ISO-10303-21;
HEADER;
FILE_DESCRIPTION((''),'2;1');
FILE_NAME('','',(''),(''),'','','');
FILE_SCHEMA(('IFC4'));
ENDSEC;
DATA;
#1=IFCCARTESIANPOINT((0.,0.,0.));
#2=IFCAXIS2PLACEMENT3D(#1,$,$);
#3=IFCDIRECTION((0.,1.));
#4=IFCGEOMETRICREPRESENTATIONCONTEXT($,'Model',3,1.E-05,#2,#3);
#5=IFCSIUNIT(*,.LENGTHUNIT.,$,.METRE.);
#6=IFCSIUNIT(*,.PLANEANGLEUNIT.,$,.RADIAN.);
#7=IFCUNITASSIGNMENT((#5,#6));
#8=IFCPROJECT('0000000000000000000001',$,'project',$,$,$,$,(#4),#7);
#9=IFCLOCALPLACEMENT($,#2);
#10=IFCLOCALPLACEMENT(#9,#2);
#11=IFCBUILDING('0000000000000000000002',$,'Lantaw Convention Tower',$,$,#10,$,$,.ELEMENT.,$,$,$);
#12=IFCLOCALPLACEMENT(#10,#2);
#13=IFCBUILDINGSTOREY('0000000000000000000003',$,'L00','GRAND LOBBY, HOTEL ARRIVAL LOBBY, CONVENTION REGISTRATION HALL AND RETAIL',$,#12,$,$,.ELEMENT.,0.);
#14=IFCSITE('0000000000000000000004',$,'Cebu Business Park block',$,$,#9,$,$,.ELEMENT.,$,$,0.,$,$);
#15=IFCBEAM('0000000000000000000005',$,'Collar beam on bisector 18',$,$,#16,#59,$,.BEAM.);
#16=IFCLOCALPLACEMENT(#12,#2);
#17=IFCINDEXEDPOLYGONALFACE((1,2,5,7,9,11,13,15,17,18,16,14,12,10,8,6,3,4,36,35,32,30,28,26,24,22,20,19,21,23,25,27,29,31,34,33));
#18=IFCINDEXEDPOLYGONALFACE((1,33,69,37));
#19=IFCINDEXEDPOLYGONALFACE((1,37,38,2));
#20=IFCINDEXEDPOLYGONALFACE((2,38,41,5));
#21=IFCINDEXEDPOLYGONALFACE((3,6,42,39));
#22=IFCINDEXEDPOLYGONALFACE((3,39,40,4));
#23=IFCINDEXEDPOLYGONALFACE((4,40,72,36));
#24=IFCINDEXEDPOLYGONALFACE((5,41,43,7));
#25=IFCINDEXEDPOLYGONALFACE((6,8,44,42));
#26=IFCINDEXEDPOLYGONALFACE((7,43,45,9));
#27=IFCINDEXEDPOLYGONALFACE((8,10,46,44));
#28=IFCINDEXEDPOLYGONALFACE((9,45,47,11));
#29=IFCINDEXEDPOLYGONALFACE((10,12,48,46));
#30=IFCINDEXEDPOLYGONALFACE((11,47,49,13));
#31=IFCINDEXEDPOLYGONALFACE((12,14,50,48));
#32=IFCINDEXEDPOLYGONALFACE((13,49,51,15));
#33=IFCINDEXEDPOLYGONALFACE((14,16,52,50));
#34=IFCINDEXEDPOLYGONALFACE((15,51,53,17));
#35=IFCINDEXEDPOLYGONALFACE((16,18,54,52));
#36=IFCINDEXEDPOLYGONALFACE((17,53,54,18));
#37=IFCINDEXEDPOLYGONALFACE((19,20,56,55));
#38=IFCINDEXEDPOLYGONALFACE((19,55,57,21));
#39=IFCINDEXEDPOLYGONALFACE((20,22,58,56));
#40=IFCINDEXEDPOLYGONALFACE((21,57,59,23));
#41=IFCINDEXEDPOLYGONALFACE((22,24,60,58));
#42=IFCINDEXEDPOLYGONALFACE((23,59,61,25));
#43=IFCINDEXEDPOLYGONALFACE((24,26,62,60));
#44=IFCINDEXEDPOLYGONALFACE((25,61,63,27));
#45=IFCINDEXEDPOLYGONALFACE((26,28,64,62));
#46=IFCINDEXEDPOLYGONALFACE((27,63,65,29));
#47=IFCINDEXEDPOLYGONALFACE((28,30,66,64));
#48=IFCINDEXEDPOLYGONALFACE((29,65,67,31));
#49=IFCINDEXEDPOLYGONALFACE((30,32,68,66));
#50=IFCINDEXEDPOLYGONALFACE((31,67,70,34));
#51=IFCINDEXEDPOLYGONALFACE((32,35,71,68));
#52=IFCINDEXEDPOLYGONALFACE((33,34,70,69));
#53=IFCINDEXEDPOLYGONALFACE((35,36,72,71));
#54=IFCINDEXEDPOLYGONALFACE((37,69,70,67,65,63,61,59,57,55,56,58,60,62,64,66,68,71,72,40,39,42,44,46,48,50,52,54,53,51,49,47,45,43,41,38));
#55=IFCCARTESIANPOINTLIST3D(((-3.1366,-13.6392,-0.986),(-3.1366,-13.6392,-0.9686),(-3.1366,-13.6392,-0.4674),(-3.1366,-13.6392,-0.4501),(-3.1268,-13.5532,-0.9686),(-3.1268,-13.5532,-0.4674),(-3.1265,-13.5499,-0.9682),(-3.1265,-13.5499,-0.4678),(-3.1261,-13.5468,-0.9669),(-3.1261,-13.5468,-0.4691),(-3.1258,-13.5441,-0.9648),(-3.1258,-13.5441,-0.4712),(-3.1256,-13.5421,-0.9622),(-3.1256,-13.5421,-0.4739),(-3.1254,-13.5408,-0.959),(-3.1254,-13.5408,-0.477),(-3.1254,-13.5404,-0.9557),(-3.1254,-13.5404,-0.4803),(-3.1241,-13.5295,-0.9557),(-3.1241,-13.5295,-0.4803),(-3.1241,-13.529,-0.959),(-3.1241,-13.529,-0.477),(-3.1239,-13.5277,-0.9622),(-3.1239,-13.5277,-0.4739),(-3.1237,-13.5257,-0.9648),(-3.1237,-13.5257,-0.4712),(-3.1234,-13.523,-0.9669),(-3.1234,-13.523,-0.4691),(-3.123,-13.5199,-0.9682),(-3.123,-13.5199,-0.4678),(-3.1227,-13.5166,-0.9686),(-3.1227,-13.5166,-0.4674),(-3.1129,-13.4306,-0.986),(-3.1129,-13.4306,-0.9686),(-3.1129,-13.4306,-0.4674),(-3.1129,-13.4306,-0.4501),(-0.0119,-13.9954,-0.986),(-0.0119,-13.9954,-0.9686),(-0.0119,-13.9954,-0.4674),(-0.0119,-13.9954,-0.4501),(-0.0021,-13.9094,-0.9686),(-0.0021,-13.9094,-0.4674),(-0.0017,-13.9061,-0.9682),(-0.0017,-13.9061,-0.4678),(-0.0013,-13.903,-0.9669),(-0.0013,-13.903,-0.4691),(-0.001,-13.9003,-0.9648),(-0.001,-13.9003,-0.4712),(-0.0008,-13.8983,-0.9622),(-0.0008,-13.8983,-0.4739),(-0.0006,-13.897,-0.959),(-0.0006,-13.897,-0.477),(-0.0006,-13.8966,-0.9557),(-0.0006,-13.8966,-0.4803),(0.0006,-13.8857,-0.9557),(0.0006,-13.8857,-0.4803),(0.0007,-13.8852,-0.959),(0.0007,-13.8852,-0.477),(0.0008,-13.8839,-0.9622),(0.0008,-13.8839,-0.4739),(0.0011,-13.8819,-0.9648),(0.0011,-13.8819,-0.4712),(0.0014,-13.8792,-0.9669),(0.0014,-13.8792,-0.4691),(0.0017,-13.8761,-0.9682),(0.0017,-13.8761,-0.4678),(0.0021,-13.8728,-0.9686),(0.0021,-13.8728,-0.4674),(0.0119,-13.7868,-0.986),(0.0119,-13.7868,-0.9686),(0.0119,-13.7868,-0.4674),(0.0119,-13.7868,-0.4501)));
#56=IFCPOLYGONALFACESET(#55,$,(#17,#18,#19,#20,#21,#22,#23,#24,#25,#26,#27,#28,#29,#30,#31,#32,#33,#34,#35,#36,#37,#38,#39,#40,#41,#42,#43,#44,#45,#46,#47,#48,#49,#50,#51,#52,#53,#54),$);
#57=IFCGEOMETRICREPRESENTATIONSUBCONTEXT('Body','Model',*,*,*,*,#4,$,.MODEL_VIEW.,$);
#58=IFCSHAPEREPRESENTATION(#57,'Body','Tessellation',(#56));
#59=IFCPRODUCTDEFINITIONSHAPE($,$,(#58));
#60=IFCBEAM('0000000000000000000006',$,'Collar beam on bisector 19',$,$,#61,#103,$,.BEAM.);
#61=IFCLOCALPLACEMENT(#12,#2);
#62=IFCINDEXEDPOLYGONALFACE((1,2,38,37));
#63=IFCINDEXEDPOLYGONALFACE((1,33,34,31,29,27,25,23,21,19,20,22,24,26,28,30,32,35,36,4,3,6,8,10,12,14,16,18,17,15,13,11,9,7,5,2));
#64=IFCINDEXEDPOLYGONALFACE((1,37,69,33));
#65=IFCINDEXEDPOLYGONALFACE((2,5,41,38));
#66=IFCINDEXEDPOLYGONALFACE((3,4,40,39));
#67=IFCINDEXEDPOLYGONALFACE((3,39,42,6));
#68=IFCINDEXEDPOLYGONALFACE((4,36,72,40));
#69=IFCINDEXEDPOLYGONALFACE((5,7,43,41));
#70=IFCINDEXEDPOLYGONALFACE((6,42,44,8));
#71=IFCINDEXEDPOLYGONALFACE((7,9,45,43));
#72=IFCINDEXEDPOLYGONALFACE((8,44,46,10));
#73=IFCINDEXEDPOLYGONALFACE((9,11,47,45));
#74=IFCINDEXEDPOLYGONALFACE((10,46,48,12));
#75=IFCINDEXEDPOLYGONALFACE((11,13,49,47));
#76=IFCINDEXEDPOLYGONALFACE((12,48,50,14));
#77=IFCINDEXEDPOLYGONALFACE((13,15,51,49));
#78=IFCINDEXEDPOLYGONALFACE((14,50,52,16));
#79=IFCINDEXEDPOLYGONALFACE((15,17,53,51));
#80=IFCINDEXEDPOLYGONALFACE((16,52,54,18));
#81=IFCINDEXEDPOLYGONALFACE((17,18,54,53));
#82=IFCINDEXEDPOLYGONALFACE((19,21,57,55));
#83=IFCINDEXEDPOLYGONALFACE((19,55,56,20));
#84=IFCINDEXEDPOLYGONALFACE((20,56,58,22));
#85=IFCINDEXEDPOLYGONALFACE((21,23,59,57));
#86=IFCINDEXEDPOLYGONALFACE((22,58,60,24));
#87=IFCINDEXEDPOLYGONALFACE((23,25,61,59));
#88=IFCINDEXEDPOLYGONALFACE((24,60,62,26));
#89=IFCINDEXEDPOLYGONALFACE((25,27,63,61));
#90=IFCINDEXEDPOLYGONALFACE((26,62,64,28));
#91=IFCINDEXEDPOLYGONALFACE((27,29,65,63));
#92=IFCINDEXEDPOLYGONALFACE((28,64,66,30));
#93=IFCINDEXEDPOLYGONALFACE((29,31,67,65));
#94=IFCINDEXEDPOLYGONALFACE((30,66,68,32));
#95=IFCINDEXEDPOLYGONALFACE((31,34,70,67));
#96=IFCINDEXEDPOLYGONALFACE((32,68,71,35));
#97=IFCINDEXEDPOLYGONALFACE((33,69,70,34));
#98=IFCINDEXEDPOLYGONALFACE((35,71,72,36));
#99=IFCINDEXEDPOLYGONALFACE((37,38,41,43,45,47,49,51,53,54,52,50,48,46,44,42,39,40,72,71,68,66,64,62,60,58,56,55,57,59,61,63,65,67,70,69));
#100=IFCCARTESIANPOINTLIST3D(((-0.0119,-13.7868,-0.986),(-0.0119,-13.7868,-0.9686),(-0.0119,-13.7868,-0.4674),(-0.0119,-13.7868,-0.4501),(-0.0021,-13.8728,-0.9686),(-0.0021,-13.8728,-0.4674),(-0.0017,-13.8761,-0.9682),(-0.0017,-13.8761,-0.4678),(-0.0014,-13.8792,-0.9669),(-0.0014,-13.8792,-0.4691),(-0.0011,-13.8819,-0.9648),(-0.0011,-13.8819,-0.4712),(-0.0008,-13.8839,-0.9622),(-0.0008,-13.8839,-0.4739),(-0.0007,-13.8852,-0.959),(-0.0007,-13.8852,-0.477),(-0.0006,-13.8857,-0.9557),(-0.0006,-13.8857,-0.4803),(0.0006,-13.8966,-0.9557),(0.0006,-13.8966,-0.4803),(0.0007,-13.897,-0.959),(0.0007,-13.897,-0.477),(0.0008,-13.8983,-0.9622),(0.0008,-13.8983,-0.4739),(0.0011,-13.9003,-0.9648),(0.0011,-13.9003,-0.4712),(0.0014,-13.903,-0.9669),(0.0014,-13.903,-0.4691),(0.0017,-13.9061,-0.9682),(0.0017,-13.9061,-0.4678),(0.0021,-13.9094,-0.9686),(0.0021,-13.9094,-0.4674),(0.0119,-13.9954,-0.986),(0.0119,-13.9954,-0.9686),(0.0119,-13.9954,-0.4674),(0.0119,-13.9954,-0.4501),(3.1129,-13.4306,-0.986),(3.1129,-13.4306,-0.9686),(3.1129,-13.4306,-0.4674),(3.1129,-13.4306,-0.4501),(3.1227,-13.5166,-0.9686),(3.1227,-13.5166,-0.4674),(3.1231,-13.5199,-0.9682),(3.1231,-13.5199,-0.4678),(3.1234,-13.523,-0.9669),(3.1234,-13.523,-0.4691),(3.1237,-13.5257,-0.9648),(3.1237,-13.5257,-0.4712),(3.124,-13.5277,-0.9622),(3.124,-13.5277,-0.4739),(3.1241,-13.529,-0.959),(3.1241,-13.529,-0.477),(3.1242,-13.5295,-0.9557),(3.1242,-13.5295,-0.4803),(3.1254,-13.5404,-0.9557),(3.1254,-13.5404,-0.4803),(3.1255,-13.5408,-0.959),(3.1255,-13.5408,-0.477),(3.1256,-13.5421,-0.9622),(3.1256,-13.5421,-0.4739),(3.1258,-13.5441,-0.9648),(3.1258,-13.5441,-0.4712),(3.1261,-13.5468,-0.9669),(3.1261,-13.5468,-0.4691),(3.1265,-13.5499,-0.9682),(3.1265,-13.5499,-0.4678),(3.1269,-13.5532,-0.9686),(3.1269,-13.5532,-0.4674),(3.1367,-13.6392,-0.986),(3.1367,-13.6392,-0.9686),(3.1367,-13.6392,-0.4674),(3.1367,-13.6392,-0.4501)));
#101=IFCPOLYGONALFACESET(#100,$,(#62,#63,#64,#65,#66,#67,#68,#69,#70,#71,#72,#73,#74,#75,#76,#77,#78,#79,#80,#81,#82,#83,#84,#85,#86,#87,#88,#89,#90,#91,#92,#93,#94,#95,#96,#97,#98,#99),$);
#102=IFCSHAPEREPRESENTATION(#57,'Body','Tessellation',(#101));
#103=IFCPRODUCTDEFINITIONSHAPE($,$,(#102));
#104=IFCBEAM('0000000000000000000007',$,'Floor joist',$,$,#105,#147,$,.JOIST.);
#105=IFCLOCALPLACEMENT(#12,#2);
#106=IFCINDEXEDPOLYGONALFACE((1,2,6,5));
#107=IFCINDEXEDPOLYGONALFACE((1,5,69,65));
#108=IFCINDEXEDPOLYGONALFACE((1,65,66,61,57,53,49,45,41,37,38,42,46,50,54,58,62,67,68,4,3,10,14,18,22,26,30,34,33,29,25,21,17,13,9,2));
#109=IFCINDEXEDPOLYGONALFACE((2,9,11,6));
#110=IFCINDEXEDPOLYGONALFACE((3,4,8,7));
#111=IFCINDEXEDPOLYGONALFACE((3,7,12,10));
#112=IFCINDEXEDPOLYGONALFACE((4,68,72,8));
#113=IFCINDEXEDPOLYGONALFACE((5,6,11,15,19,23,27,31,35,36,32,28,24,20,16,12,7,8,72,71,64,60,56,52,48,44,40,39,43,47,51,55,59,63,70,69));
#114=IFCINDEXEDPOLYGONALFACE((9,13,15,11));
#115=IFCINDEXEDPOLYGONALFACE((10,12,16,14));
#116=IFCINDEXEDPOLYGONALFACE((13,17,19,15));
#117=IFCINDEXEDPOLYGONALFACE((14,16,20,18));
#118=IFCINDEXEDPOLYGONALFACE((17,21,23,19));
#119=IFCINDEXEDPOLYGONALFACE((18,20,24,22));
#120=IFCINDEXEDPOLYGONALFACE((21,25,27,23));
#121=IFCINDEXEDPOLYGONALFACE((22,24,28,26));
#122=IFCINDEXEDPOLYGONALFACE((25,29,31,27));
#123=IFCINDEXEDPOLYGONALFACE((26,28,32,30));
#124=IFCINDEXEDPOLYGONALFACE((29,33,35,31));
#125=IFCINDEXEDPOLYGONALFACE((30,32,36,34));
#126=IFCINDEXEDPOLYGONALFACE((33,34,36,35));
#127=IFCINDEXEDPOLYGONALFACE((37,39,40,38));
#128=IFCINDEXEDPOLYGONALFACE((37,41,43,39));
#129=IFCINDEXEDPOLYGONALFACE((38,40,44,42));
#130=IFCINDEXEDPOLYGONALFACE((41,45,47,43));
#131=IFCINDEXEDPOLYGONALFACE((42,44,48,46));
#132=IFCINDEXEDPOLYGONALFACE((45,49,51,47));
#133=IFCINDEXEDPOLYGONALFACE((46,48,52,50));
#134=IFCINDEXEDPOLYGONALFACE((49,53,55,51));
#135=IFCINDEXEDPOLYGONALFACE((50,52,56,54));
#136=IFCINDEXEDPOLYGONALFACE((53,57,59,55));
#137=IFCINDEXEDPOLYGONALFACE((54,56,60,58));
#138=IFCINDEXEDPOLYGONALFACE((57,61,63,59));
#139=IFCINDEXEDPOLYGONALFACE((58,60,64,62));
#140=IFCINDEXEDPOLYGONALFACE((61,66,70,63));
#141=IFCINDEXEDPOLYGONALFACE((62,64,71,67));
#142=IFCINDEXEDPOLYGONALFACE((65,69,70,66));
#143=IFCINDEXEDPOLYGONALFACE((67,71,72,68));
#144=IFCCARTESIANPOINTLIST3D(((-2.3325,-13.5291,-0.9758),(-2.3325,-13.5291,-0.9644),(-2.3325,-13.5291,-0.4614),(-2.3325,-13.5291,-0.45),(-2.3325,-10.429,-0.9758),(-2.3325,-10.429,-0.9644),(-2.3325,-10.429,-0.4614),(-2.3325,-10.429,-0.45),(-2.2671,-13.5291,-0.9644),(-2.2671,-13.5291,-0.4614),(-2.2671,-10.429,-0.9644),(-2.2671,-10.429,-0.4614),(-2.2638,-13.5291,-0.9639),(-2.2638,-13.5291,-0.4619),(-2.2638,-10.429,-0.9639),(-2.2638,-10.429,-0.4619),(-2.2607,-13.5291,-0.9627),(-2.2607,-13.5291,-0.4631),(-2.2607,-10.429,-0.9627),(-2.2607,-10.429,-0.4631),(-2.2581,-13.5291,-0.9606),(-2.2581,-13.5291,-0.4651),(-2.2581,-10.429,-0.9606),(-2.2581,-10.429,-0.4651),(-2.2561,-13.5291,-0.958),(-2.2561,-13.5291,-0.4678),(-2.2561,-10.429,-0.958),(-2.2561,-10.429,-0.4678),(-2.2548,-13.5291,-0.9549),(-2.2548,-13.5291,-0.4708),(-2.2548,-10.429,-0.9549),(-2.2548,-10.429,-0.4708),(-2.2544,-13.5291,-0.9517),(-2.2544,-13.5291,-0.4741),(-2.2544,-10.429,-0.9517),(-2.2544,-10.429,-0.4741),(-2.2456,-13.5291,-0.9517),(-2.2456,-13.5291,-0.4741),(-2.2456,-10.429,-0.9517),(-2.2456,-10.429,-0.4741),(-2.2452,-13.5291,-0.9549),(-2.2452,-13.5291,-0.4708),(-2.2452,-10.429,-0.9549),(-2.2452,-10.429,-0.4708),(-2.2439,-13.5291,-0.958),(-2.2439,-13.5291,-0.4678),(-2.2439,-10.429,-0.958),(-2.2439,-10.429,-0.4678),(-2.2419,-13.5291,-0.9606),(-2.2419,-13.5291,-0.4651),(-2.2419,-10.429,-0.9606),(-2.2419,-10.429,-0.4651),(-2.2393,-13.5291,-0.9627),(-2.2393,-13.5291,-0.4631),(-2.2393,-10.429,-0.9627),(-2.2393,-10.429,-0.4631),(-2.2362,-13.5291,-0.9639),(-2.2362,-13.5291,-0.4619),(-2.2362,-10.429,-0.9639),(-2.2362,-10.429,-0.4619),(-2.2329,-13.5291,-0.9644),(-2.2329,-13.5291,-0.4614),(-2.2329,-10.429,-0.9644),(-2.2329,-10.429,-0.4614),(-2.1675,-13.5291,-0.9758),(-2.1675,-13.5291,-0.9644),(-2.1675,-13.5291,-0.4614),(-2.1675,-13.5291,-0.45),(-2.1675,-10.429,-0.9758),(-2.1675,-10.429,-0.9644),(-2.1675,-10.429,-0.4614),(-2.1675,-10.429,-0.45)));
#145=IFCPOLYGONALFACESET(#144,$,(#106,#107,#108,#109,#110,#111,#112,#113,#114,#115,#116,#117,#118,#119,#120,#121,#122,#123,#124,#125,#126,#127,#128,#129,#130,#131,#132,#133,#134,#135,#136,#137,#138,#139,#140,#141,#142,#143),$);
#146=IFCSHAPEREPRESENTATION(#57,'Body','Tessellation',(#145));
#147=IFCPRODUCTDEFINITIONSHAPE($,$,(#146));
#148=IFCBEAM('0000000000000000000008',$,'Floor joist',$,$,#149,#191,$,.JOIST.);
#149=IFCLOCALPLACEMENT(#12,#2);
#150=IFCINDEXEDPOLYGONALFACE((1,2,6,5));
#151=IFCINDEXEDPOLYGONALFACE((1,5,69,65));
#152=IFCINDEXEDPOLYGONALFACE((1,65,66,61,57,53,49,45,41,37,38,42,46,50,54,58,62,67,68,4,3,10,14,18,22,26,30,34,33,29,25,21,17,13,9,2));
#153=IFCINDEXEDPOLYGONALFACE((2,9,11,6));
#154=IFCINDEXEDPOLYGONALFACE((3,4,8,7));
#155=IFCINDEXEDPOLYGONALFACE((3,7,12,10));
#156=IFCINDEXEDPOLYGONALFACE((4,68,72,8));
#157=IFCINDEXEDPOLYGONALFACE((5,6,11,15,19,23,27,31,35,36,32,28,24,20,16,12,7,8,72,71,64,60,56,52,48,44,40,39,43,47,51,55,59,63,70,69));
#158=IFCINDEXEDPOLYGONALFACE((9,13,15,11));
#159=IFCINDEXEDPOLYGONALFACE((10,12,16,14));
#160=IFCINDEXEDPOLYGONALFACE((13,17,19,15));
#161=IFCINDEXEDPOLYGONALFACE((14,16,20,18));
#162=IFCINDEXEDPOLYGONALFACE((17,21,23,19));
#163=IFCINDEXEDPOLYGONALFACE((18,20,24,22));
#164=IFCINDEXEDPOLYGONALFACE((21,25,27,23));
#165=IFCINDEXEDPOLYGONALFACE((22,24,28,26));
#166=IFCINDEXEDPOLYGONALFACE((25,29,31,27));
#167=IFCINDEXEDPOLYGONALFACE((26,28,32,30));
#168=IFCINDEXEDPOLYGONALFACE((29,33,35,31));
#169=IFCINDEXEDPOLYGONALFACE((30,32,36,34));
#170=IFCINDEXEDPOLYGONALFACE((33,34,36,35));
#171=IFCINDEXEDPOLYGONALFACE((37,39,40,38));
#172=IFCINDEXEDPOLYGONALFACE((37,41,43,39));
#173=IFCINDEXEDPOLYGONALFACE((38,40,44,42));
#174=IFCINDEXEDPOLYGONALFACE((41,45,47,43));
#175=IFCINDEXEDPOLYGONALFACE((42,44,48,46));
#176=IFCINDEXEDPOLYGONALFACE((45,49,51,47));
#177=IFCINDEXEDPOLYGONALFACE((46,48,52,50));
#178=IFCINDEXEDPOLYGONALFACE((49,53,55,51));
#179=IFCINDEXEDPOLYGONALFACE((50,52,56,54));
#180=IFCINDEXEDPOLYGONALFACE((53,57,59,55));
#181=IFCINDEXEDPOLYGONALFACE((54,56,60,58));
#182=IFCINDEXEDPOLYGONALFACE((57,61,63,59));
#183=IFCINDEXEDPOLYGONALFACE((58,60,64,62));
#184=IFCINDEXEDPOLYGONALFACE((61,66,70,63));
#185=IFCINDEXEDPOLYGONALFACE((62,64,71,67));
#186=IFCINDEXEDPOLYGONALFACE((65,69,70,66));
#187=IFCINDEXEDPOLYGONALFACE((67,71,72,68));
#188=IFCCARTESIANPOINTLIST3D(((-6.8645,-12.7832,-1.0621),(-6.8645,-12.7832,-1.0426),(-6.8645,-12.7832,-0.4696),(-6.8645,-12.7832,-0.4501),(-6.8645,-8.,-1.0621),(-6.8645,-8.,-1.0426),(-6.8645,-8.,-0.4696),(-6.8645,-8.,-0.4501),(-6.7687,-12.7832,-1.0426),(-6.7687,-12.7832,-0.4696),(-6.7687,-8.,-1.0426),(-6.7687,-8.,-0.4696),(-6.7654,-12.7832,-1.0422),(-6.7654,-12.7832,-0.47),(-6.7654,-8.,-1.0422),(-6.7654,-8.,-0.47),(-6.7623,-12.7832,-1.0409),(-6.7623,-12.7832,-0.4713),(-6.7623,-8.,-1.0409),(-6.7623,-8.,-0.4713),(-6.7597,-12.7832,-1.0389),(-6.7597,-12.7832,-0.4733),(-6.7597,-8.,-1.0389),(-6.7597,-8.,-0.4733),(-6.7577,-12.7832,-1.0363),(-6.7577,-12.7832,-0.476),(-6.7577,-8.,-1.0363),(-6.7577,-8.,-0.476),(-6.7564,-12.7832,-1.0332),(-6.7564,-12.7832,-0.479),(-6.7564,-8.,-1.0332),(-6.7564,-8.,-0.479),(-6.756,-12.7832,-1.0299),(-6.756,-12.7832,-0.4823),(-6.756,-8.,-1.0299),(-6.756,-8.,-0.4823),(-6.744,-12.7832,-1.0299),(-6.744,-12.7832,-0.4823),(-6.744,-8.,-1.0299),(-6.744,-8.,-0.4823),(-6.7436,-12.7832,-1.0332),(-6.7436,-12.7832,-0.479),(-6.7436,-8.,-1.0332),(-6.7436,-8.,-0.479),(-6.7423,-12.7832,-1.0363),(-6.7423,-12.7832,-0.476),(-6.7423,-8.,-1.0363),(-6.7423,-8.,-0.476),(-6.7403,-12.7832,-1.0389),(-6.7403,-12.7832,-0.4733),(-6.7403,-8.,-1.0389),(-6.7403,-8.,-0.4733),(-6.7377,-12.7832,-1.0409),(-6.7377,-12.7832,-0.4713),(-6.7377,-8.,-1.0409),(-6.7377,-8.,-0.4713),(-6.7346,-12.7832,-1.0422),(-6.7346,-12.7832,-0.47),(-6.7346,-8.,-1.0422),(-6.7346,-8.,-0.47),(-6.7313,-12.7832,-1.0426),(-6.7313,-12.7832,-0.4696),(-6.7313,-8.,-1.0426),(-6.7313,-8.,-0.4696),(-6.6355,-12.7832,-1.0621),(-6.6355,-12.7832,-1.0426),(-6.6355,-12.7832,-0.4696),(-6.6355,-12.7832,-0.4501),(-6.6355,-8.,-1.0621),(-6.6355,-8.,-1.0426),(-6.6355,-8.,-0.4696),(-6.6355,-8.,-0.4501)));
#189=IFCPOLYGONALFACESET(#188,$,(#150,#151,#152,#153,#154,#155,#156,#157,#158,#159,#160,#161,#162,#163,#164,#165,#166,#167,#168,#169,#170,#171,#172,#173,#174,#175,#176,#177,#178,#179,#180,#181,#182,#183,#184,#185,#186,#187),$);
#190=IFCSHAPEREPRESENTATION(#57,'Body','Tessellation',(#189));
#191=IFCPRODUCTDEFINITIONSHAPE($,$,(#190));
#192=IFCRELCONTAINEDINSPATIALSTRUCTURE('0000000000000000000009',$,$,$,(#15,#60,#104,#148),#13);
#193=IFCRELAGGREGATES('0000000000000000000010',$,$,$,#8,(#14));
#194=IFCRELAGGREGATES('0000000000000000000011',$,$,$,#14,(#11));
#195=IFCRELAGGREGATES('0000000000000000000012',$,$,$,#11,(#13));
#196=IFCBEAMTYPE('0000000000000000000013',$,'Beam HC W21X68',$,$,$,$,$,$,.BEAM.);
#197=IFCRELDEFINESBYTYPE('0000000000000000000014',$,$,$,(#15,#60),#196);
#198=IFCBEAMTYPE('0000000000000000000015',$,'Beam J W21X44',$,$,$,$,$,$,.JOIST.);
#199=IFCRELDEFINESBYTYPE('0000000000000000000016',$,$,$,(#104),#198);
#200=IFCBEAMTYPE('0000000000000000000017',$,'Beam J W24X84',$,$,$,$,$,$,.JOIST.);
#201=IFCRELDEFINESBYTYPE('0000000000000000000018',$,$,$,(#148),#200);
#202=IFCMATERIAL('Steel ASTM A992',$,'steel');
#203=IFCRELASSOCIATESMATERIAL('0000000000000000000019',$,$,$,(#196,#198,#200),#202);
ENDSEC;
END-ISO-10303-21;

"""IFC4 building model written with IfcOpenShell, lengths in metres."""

from ifc_helpers import new_model, si_unit, direction, frame, origin, origin_2d, place, context, subcontext, project, spatial, i_section, extrude, material, material_profile, profile_set, type_object, element, save


model = new_model("IFC4")

# Units and contexts
model_context = context("Model", 3, precision=1e-05, world=origin(), true_north=direction((0.0, 1.0)))
body_context = subcontext(model_context, "Body", "Model", "MODEL_VIEW")
ifc_project = project(units=[si_unit("LENGTHUNIT", "METRE"), si_unit("PLANEANGLEUNIT", "RADIAN")], contexts=[model_context])

# Site, building, storey
site_placement = place(None, origin())
site = spatial("IfcSite", under=ifc_project, at=site_placement, Name="Cebu Business Park block", CompositionType="ELEMENT", RefElevation=0.0)
building_placement = place(site_placement, origin())
building = spatial("IfcBuilding", under=site, at=building_placement, Name="Lantaw Convention Tower", CompositionType="ELEMENT")
storey_placement = place(building_placement, origin())
storey = spatial("IfcBuildingStorey", under=building, at=storey_placement, Name="L00", Description="GRAND LOBBY, HOTEL ARRIVAL LOBBY, CONVENTION REGISTRATION HALL AND RETAIL", CompositionType="ELEMENT", Elevation=0.0)

# Beams
ifc_material_1 = material(Name="Steel ASTM A992", Category="steel")
ifc_material_profile_1 = material_profile(ifc_material_1, i_section(OverallWidth=0.21, OverallDepth=0.5359, WebThickness=0.011, FlangeThickness=0.0173, FilletRadius=0.0129, at=origin_2d()), Name="W21X68")
ifc_profile_set_1 = profile_set([ifc_material_profile_1], Name="Steel ASTM A992")
beam_type_1 = type_object("IfcBeamType", Name="Beam HC W21X68", PredefinedType="BEAM", material=ifc_profile_set_1)
for number, where, z_axis, x_axis, name in (
    (1, (-3.1248, -13.5349, -0.718), (0.993565, -0.11326, 0.0), (0.11326, 0.993565, 0.0), "Collar beam on bisector 18"),
    (2, (0.0, -13.8911, -0.718), (0.993565, 0.11326, 0.0), (-0.11326, 0.993565, 0.0), "Collar beam on bisector 19"),
):
    element("IfcBeam", number, at=place(storey_placement, frame(where, z_axis=z_axis, x_axis=x_axis)), inside=storey, type_object=beam_type_1, Name=name, PredefinedType="BEAM", context=body_context, shape_type="SweptSolid", body=[
        extrude(i_section(OverallWidth=0.21, OverallDepth=0.5359, WebThickness=0.011, FlangeThickness=0.0173, FilletRadius=0.0129, at=origin_2d()), origin(), (0.0, 0.0, 1.0), 3.145),
    ])
ifc_material_profile_2 = material_profile(ifc_material_1, i_section(OverallWidth=0.165, OverallDepth=0.5259, WebThickness=0.0088, FlangeThickness=0.0115, FilletRadius=0.0127, at=origin_2d()), Name="W21X44")
ifc_profile_set_2 = profile_set([ifc_material_profile_2], Name="Steel ASTM A992")
beam_type_2 = type_object("IfcBeamType", Name="Beam J W21X44", PredefinedType="JOIST", material=ifc_profile_set_2)
beam_1_placement = place(storey_placement, frame((-2.25, -13.5291, -0.7129), z_axis=(0.0, 1.0, 0.0), x_axis=(-1.0, 0.0, 0.0)))
element("IfcBeam", 3, at=beam_1_placement, inside=storey, type_object=beam_type_2, Name="Floor joist", PredefinedType="JOIST", context=body_context, shape_type="SweptSolid", body=[
    extrude(i_section(OverallWidth=0.165, OverallDepth=0.5259, WebThickness=0.0088, FlangeThickness=0.0115, FilletRadius=0.0127, at=origin_2d()), origin(), (0.0, 0.0, 1.0), 3.1001),
])
ifc_material_profile_3 = material_profile(ifc_material_1, i_section(OverallWidth=0.229, OverallDepth=0.6121, WebThickness=0.012, FlangeThickness=0.0195, FilletRadius=0.0127, at=origin_2d()), Name="W24X84")
ifc_profile_set_3 = profile_set([ifc_material_profile_3], Name="Steel ASTM A992")
beam_type_3 = type_object("IfcBeamType", Name="Beam J W24X84", PredefinedType="JOIST", material=ifc_profile_set_3)
beam_2_placement = place(storey_placement, frame((-6.75, -12.7832, -0.7561), z_axis=(0.0, 1.0, 0.0), x_axis=(-1.0, 0.0, 0.0)))
element("IfcBeam", 4, at=beam_2_placement, inside=storey, type_object=beam_type_3, Name="Floor joist", PredefinedType="JOIST", context=body_context, shape_type="SweptSolid", body=[
    extrude(i_section(OverallWidth=0.229, OverallDepth=0.6121, WebThickness=0.012, FlangeThickness=0.0195, FilletRadius=0.0127, at=origin_2d()), origin(), (0.0, 0.0, 1.0), 4.7832),
])

save(model, "model.ifc")
